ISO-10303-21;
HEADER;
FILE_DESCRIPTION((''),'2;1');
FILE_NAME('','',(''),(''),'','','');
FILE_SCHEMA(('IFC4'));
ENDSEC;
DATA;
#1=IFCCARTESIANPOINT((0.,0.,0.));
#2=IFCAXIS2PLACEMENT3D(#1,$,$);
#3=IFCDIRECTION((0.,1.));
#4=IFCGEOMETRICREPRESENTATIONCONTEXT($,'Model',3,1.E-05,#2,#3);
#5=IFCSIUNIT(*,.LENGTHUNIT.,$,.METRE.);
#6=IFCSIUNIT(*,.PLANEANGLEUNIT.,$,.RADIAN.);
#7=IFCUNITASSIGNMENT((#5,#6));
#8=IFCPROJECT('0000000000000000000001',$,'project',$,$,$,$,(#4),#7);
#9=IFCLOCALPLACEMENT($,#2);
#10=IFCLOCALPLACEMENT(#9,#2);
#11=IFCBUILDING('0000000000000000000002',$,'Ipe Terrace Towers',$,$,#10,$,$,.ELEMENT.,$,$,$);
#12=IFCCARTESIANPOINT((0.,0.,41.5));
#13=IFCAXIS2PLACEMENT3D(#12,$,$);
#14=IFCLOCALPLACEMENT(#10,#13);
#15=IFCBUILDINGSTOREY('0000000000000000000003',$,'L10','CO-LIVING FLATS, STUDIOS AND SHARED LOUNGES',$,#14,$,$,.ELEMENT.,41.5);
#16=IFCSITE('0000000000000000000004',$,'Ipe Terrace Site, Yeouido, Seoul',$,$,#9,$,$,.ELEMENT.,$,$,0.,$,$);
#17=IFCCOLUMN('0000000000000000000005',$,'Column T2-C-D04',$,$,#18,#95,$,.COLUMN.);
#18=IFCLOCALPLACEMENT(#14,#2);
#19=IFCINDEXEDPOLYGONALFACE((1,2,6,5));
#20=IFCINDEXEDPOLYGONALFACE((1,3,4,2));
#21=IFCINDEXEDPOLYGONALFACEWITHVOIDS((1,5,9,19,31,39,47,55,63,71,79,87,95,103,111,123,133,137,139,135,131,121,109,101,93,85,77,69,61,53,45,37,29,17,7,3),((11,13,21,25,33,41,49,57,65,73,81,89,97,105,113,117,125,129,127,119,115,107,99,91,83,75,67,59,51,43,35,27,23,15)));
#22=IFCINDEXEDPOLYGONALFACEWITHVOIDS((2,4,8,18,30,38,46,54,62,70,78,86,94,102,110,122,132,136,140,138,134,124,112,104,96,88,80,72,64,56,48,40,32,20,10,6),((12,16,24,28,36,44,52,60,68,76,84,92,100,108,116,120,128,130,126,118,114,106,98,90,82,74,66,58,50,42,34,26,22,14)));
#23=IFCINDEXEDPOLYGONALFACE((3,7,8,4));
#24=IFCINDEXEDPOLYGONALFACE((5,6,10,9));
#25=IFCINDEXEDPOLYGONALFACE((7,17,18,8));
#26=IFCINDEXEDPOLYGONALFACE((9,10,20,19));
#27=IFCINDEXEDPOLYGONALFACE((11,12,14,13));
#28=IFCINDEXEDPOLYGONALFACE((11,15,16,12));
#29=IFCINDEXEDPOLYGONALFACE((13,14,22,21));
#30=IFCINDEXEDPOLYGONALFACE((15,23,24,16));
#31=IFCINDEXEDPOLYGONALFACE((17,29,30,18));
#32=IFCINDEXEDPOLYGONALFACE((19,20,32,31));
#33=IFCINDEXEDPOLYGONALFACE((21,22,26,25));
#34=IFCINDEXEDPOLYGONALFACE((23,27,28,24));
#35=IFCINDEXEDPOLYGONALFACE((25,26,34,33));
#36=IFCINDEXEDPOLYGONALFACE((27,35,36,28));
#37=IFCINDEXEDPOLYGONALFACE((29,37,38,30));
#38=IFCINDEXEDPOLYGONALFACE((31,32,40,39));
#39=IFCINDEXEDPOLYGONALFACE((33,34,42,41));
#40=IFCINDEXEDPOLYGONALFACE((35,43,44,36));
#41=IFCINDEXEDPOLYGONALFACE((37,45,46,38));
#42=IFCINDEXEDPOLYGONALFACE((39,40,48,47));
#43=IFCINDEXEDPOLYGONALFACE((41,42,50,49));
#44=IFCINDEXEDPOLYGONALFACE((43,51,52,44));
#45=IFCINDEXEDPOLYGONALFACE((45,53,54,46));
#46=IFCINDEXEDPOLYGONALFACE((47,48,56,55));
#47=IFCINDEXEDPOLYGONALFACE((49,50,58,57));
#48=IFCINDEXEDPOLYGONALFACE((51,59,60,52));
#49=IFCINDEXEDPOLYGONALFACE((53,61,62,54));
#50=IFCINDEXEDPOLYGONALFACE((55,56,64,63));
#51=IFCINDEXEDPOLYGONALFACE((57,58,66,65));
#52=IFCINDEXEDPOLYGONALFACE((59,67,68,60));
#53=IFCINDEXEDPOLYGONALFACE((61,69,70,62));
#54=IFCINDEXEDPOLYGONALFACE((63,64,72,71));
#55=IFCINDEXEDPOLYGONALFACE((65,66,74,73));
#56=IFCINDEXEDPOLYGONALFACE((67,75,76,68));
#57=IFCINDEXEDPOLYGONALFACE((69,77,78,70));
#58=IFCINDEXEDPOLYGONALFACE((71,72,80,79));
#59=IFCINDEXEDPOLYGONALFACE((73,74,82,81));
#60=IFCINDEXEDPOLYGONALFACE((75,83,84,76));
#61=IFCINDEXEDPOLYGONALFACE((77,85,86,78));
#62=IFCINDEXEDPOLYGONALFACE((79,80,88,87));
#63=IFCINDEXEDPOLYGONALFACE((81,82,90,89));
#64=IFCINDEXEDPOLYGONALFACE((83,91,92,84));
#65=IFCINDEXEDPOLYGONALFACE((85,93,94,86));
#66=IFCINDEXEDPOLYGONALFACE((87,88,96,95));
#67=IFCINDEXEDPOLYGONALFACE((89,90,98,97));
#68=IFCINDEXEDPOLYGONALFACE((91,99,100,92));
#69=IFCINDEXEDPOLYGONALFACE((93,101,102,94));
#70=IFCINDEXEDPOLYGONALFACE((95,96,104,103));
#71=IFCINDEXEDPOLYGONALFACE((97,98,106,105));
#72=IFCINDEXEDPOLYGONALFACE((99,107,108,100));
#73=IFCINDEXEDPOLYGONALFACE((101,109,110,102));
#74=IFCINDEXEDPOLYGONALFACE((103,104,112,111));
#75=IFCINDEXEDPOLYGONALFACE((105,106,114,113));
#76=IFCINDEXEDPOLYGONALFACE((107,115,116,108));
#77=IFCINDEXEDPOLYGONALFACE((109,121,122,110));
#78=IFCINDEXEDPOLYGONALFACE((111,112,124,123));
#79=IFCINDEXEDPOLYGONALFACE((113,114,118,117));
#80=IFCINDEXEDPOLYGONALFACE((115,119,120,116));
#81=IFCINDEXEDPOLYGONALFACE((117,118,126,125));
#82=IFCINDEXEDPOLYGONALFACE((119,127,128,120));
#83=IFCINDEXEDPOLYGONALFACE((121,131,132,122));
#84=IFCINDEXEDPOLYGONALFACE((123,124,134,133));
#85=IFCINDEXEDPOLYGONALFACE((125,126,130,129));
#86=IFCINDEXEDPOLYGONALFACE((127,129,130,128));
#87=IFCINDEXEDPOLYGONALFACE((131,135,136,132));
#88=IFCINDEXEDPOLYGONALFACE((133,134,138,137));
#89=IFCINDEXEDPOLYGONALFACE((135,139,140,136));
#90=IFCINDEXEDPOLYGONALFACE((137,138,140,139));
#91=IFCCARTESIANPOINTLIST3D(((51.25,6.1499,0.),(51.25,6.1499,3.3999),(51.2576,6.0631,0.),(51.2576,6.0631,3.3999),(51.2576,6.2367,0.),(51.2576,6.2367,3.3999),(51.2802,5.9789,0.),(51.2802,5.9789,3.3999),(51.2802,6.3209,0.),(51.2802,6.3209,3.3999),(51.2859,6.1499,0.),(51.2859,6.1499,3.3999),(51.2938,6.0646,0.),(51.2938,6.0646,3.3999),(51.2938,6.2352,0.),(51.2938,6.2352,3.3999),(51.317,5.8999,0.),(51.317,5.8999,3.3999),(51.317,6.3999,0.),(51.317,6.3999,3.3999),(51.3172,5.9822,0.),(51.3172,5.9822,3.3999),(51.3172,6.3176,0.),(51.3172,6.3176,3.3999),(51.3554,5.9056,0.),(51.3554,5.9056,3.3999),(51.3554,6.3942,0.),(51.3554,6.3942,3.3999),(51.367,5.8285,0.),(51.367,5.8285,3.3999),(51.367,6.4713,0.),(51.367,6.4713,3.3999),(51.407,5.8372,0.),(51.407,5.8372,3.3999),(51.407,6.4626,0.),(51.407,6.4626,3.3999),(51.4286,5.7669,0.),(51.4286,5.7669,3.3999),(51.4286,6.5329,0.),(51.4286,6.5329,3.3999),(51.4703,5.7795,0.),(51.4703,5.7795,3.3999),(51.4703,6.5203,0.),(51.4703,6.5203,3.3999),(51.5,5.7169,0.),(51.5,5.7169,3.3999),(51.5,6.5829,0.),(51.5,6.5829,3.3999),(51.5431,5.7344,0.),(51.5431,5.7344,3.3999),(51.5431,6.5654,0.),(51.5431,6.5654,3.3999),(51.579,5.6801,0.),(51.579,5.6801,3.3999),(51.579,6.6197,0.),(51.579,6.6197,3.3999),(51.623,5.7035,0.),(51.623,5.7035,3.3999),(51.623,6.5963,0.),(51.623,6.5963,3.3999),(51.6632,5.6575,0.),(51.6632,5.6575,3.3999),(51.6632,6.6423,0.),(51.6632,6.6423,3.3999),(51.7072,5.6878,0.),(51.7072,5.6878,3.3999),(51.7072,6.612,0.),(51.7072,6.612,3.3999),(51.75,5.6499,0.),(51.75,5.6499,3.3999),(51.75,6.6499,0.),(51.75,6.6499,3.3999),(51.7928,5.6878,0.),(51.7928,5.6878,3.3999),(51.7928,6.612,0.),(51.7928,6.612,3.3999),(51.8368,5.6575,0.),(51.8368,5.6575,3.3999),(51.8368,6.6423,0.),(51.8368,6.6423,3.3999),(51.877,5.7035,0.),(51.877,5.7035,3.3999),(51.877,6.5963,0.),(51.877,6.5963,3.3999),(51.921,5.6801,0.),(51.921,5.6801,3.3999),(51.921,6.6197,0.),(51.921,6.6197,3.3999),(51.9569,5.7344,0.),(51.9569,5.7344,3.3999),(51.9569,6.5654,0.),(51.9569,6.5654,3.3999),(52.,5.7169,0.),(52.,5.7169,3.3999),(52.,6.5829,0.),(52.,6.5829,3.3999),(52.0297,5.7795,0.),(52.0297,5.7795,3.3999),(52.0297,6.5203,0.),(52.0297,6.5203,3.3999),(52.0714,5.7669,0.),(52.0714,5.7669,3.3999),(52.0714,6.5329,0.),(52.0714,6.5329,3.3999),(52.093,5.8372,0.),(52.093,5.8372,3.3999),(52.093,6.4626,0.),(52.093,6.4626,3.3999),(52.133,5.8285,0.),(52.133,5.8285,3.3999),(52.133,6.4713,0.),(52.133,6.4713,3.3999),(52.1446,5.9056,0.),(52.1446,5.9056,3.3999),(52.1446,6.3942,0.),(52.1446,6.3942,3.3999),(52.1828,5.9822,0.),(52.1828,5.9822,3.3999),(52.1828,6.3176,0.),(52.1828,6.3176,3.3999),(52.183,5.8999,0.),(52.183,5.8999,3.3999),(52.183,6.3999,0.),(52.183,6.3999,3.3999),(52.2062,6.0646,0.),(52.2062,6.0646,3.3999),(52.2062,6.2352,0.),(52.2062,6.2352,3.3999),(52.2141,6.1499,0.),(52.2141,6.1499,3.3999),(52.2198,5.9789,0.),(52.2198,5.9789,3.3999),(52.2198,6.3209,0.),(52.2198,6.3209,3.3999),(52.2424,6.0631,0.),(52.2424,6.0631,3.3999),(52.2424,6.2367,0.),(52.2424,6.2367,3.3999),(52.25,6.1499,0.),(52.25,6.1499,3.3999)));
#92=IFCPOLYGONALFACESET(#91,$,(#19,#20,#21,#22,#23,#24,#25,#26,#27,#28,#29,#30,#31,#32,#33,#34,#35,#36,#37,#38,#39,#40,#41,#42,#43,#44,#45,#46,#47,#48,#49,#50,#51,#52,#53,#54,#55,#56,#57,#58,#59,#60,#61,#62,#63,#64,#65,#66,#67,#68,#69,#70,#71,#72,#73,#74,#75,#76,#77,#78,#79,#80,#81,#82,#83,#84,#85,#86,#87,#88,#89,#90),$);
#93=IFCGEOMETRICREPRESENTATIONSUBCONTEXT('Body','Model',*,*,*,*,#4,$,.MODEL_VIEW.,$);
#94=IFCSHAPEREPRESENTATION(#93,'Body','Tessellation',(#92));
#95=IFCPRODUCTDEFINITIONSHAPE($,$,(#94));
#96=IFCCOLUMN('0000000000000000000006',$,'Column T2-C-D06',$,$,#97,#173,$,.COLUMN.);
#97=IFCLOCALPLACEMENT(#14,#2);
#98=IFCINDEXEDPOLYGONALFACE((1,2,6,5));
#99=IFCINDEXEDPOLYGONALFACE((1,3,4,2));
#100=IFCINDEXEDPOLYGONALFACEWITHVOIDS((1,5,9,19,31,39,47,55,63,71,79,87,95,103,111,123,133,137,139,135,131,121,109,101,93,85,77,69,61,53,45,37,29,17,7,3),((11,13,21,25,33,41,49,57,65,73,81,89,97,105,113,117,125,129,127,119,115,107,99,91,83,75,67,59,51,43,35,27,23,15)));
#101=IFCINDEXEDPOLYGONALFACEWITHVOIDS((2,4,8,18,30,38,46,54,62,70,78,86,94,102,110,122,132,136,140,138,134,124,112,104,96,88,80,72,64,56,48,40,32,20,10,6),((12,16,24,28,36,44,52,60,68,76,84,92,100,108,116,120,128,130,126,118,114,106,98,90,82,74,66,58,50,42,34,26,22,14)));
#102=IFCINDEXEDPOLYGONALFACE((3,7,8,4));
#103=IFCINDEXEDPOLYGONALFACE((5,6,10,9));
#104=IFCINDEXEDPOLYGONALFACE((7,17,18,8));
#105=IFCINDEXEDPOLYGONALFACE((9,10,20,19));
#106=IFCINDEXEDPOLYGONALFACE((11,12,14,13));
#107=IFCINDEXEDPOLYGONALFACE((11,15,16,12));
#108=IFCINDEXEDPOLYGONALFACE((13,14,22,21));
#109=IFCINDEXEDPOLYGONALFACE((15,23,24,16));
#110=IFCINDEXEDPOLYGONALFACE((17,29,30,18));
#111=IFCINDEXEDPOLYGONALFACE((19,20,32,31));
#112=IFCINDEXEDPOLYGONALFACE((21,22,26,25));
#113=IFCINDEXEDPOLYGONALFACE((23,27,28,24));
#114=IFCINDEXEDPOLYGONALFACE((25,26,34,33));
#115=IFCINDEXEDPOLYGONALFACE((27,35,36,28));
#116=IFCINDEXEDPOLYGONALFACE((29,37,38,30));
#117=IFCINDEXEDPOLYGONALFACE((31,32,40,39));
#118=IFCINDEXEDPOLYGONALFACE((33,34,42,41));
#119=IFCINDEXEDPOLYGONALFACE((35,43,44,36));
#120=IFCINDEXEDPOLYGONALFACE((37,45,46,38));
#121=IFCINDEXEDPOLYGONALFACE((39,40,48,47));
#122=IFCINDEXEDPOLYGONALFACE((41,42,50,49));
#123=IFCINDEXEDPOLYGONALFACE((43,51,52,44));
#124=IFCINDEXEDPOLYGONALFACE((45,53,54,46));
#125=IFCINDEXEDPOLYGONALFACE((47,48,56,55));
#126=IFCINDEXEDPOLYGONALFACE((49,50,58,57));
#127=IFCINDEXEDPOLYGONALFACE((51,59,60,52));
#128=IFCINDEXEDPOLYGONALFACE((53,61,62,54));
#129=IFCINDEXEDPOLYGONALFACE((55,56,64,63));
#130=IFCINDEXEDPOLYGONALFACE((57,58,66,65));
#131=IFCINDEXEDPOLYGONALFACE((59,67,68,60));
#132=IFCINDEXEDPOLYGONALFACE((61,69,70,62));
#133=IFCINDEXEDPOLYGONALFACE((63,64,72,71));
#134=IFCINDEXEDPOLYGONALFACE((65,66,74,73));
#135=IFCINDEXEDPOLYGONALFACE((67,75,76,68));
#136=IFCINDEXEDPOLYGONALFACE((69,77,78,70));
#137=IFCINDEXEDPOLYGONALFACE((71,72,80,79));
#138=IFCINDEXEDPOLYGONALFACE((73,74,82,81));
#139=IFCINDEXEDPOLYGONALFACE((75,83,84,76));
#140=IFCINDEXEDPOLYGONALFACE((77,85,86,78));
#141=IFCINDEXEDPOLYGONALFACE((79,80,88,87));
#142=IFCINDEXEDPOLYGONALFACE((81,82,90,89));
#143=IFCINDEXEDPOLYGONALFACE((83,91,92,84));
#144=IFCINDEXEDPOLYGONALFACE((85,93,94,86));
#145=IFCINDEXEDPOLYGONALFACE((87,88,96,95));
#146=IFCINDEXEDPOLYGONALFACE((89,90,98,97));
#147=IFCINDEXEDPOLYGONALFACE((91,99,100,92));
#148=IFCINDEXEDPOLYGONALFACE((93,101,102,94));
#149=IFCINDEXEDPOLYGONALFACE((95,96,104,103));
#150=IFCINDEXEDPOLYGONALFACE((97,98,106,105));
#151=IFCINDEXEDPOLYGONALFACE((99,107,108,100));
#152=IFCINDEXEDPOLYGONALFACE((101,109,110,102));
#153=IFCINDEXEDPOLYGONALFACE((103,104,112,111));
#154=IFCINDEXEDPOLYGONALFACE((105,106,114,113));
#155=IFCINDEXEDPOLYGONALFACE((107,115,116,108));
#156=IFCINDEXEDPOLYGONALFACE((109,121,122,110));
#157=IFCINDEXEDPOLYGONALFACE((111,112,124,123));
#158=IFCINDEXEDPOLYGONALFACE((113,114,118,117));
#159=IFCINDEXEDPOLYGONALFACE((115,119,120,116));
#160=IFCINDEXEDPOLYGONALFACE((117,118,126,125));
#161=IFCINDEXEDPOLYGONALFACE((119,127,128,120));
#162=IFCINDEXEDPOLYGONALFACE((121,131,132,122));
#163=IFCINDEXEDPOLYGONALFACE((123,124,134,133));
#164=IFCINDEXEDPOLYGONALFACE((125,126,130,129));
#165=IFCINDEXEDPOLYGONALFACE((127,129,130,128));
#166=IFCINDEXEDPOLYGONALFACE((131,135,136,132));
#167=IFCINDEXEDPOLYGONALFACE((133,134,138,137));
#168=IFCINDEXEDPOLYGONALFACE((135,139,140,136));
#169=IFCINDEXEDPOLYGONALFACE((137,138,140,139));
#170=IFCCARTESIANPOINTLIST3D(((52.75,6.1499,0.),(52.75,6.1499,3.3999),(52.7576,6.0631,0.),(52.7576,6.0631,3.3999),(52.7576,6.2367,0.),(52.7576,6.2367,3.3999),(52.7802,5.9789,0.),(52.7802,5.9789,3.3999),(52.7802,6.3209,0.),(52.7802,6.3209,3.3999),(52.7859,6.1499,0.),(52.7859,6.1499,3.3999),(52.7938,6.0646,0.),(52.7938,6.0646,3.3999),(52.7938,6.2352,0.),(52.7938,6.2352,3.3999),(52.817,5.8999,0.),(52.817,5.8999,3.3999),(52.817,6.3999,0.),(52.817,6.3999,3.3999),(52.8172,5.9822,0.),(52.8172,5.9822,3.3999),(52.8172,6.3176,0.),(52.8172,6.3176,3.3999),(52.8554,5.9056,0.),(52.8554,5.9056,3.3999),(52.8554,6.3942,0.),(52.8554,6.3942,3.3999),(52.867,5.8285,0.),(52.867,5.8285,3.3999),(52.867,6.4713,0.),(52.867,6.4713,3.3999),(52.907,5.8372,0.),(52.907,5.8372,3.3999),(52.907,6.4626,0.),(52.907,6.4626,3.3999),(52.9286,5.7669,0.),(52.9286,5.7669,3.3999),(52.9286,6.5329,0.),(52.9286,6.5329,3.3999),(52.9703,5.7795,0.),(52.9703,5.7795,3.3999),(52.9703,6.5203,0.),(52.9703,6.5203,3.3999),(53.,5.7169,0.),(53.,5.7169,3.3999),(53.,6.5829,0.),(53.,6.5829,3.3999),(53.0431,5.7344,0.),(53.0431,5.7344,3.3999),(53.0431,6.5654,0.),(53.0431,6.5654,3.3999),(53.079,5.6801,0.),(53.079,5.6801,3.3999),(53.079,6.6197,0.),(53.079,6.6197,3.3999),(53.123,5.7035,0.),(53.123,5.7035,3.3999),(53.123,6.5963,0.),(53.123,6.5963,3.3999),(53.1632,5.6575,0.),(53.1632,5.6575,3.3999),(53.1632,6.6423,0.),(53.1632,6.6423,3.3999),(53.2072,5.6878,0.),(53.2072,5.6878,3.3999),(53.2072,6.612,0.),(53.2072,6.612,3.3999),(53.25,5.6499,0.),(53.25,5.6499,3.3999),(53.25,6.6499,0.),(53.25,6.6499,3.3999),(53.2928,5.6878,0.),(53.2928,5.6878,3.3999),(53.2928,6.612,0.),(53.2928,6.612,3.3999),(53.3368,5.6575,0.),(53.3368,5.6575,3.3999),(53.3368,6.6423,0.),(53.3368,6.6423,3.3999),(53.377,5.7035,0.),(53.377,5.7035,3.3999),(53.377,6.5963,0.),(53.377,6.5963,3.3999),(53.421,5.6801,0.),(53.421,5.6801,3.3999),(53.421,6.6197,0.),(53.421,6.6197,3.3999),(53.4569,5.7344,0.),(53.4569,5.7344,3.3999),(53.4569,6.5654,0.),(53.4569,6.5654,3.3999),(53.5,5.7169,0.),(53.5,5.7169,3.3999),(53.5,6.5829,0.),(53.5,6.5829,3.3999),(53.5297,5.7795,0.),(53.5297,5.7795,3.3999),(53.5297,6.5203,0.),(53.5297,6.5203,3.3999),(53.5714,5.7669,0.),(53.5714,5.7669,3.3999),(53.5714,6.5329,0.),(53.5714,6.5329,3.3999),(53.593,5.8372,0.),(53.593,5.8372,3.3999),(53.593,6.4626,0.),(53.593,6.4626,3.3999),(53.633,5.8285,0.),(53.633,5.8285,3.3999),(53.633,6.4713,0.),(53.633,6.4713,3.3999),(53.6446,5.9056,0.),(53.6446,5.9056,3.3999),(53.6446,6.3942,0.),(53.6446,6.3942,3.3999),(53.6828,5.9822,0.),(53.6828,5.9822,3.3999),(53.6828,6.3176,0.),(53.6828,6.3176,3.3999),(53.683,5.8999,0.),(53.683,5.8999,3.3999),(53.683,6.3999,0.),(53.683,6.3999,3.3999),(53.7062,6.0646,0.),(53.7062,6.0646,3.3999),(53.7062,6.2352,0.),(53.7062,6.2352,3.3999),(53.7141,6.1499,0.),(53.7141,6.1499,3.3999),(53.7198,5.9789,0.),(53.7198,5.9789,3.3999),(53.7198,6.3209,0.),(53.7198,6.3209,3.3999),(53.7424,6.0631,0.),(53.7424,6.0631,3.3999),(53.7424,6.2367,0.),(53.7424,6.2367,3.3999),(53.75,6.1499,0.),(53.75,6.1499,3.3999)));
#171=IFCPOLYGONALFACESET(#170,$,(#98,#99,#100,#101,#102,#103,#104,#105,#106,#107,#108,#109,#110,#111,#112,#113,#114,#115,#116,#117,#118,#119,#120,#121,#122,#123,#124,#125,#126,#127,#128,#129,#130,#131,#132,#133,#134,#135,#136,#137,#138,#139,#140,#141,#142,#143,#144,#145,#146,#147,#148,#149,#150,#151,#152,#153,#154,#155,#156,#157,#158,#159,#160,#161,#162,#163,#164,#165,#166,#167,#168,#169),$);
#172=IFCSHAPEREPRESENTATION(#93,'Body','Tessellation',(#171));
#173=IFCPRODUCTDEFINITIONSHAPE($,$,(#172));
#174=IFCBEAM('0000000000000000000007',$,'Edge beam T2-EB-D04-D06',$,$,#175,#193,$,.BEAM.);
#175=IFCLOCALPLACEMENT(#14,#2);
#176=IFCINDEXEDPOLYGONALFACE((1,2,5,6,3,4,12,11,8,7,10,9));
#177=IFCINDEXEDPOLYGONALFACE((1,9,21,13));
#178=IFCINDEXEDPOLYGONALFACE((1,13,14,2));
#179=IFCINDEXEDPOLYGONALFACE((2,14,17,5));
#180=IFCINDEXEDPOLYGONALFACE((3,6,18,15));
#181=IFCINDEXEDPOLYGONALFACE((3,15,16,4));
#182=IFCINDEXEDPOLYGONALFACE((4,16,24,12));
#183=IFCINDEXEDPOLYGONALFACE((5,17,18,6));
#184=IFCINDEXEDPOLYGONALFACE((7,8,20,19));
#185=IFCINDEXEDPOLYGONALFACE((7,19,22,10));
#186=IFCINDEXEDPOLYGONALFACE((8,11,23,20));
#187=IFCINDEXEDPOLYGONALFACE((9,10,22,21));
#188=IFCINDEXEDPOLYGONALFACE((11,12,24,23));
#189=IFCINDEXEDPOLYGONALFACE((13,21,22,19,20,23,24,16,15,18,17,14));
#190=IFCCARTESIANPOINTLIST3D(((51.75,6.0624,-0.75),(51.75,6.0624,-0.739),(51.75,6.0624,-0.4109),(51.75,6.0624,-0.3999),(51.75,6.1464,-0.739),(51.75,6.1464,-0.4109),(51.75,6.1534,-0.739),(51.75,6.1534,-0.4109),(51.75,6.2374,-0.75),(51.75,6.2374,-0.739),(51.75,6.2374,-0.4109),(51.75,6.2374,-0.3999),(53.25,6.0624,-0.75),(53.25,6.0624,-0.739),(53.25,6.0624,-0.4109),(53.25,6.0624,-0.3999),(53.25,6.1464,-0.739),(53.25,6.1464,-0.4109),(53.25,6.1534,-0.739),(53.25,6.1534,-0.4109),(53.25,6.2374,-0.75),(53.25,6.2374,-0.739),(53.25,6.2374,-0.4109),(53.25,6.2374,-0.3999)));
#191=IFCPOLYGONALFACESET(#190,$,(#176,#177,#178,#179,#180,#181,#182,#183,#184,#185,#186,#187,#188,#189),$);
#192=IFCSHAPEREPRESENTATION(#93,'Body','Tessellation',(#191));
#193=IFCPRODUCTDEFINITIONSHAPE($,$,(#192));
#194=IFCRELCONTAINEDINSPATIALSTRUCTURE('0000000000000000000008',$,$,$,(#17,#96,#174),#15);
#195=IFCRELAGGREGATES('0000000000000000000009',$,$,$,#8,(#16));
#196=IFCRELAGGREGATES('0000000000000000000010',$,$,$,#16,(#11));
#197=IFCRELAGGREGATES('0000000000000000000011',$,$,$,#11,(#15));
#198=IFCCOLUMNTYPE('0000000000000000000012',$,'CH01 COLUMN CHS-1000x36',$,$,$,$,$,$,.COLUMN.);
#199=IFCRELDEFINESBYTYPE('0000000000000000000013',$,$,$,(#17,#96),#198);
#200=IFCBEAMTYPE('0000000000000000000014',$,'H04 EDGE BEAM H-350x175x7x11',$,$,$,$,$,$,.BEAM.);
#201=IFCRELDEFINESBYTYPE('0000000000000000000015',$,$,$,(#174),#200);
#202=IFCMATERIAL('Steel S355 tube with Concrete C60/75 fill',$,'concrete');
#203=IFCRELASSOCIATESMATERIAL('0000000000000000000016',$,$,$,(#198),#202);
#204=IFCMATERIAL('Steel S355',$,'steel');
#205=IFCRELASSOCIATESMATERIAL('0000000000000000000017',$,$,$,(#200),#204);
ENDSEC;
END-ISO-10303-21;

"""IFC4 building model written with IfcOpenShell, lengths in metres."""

from ifc_helpers import new_model, si_unit, direction, frame, origin, origin_2d, place, context, subcontext, project, spatial, hollow_circle, i_section, extrude, material, material_profile, profile_set, type_object, element, save


model = new_model("IFC4")

# Units and contexts
model_context = context("Model", 3, precision=1e-05, world=origin(), true_north=direction((0.0, 1.0)))
body_context = subcontext(model_context, "Body", "Model", "MODEL_VIEW")
ifc_project = project(units=[si_unit("LENGTHUNIT", "METRE"), si_unit("PLANEANGLEUNIT", "RADIAN")], contexts=[model_context])

# Site, building, storey
site_placement = place(None, origin())
site = spatial("IfcSite", under=ifc_project, at=site_placement, Name="Ipe Terrace Site, Yeouido, Seoul", CompositionType="ELEMENT", RefElevation=0.0)
building_placement = place(site_placement, origin())
building = spatial("IfcBuilding", under=site, at=building_placement, Name="Ipe Terrace Towers", CompositionType="ELEMENT")
storey_placement = place(building_placement, frame((0.0, 0.0, 41.5)))
storey = spatial("IfcBuildingStorey", under=building, at=storey_placement, Name="L10", Description="CO-LIVING FLATS, STUDIOS AND SHARED LOUNGES", CompositionType="ELEMENT", Elevation=41.5)

# Columns
ifc_material_1 = material(Name="Steel S355 tube with Concrete C60/75 fill", Category="concrete")
ifc_material_profile_1 = material_profile(ifc_material_1, hollow_circle(Radius=0.5, WallThickness=0.0359, at=origin_2d()), Name="CHS-1000x36")
ifc_profile_set_1 = profile_set([ifc_material_profile_1], Name="Steel S355 tube with Concrete C60/75 fill")
column_type = type_object("IfcColumnType", Name="CH01 COLUMN CHS-1000x36", PredefinedType="COLUMN", material=ifc_profile_set_1)
for number, where, z_axis, x_axis, name in (
    (1, (51.75, 6.1499, 0.0), (0.0, 0.0, 1.0), (1.0, 0.0, 0.0), "Column T2-C-D04"),
    (2, (53.25, 6.1499, 0.0), (0.0, 0.0, 1.0), (1.0, 0.0, 0.0), "Column T2-C-D06"),
):
    element("IfcColumn", number, at=place(storey_placement, frame(where, z_axis=z_axis, x_axis=x_axis)), inside=storey, type_object=column_type, Name=name, PredefinedType="COLUMN", context=body_context, shape_type="SweptSolid", body=[
        extrude(hollow_circle(Radius=0.5, WallThickness=0.0359, at=origin_2d()), origin(), (0.0, 0.0, 1.0), 3.3999),
    ])

# Beam
ifc_material_2 = material(Name="Steel S355", Category="steel")
ifc_material_profile_2 = material_profile(ifc_material_2, i_section(OverallWidth=0.175, OverallDepth=0.3501, WebThickness=0.0071, FlangeThickness=0.011, at=origin_2d()), Name="H-350x175x7x11")
ifc_profile_set_2 = profile_set([ifc_material_profile_2], Name="Steel S355")
beam_type = type_object("IfcBeamType", Name="H04 EDGE BEAM H-350x175x7x11", PredefinedType="BEAM", material=ifc_profile_set_2)
beam_placement = place(storey_placement, frame((51.75, 6.1499, -0.575), z_axis=(1.0, 0.0, 0.0), x_axis=(0.0, 1.0, 0.0)))
element("IfcBeam", 3, at=beam_placement, inside=storey, type_object=beam_type, Name="Edge beam T2-EB-D04-D06", PredefinedType="BEAM", context=body_context, shape_type="SweptSolid", body=[
    extrude(i_section(OverallWidth=0.175, OverallDepth=0.3501, WebThickness=0.0071, FlangeThickness=0.011, at=origin_2d()), origin(), (0.0, 0.0, 1.0), 1.5),
])

save(model, "model.ifc")
